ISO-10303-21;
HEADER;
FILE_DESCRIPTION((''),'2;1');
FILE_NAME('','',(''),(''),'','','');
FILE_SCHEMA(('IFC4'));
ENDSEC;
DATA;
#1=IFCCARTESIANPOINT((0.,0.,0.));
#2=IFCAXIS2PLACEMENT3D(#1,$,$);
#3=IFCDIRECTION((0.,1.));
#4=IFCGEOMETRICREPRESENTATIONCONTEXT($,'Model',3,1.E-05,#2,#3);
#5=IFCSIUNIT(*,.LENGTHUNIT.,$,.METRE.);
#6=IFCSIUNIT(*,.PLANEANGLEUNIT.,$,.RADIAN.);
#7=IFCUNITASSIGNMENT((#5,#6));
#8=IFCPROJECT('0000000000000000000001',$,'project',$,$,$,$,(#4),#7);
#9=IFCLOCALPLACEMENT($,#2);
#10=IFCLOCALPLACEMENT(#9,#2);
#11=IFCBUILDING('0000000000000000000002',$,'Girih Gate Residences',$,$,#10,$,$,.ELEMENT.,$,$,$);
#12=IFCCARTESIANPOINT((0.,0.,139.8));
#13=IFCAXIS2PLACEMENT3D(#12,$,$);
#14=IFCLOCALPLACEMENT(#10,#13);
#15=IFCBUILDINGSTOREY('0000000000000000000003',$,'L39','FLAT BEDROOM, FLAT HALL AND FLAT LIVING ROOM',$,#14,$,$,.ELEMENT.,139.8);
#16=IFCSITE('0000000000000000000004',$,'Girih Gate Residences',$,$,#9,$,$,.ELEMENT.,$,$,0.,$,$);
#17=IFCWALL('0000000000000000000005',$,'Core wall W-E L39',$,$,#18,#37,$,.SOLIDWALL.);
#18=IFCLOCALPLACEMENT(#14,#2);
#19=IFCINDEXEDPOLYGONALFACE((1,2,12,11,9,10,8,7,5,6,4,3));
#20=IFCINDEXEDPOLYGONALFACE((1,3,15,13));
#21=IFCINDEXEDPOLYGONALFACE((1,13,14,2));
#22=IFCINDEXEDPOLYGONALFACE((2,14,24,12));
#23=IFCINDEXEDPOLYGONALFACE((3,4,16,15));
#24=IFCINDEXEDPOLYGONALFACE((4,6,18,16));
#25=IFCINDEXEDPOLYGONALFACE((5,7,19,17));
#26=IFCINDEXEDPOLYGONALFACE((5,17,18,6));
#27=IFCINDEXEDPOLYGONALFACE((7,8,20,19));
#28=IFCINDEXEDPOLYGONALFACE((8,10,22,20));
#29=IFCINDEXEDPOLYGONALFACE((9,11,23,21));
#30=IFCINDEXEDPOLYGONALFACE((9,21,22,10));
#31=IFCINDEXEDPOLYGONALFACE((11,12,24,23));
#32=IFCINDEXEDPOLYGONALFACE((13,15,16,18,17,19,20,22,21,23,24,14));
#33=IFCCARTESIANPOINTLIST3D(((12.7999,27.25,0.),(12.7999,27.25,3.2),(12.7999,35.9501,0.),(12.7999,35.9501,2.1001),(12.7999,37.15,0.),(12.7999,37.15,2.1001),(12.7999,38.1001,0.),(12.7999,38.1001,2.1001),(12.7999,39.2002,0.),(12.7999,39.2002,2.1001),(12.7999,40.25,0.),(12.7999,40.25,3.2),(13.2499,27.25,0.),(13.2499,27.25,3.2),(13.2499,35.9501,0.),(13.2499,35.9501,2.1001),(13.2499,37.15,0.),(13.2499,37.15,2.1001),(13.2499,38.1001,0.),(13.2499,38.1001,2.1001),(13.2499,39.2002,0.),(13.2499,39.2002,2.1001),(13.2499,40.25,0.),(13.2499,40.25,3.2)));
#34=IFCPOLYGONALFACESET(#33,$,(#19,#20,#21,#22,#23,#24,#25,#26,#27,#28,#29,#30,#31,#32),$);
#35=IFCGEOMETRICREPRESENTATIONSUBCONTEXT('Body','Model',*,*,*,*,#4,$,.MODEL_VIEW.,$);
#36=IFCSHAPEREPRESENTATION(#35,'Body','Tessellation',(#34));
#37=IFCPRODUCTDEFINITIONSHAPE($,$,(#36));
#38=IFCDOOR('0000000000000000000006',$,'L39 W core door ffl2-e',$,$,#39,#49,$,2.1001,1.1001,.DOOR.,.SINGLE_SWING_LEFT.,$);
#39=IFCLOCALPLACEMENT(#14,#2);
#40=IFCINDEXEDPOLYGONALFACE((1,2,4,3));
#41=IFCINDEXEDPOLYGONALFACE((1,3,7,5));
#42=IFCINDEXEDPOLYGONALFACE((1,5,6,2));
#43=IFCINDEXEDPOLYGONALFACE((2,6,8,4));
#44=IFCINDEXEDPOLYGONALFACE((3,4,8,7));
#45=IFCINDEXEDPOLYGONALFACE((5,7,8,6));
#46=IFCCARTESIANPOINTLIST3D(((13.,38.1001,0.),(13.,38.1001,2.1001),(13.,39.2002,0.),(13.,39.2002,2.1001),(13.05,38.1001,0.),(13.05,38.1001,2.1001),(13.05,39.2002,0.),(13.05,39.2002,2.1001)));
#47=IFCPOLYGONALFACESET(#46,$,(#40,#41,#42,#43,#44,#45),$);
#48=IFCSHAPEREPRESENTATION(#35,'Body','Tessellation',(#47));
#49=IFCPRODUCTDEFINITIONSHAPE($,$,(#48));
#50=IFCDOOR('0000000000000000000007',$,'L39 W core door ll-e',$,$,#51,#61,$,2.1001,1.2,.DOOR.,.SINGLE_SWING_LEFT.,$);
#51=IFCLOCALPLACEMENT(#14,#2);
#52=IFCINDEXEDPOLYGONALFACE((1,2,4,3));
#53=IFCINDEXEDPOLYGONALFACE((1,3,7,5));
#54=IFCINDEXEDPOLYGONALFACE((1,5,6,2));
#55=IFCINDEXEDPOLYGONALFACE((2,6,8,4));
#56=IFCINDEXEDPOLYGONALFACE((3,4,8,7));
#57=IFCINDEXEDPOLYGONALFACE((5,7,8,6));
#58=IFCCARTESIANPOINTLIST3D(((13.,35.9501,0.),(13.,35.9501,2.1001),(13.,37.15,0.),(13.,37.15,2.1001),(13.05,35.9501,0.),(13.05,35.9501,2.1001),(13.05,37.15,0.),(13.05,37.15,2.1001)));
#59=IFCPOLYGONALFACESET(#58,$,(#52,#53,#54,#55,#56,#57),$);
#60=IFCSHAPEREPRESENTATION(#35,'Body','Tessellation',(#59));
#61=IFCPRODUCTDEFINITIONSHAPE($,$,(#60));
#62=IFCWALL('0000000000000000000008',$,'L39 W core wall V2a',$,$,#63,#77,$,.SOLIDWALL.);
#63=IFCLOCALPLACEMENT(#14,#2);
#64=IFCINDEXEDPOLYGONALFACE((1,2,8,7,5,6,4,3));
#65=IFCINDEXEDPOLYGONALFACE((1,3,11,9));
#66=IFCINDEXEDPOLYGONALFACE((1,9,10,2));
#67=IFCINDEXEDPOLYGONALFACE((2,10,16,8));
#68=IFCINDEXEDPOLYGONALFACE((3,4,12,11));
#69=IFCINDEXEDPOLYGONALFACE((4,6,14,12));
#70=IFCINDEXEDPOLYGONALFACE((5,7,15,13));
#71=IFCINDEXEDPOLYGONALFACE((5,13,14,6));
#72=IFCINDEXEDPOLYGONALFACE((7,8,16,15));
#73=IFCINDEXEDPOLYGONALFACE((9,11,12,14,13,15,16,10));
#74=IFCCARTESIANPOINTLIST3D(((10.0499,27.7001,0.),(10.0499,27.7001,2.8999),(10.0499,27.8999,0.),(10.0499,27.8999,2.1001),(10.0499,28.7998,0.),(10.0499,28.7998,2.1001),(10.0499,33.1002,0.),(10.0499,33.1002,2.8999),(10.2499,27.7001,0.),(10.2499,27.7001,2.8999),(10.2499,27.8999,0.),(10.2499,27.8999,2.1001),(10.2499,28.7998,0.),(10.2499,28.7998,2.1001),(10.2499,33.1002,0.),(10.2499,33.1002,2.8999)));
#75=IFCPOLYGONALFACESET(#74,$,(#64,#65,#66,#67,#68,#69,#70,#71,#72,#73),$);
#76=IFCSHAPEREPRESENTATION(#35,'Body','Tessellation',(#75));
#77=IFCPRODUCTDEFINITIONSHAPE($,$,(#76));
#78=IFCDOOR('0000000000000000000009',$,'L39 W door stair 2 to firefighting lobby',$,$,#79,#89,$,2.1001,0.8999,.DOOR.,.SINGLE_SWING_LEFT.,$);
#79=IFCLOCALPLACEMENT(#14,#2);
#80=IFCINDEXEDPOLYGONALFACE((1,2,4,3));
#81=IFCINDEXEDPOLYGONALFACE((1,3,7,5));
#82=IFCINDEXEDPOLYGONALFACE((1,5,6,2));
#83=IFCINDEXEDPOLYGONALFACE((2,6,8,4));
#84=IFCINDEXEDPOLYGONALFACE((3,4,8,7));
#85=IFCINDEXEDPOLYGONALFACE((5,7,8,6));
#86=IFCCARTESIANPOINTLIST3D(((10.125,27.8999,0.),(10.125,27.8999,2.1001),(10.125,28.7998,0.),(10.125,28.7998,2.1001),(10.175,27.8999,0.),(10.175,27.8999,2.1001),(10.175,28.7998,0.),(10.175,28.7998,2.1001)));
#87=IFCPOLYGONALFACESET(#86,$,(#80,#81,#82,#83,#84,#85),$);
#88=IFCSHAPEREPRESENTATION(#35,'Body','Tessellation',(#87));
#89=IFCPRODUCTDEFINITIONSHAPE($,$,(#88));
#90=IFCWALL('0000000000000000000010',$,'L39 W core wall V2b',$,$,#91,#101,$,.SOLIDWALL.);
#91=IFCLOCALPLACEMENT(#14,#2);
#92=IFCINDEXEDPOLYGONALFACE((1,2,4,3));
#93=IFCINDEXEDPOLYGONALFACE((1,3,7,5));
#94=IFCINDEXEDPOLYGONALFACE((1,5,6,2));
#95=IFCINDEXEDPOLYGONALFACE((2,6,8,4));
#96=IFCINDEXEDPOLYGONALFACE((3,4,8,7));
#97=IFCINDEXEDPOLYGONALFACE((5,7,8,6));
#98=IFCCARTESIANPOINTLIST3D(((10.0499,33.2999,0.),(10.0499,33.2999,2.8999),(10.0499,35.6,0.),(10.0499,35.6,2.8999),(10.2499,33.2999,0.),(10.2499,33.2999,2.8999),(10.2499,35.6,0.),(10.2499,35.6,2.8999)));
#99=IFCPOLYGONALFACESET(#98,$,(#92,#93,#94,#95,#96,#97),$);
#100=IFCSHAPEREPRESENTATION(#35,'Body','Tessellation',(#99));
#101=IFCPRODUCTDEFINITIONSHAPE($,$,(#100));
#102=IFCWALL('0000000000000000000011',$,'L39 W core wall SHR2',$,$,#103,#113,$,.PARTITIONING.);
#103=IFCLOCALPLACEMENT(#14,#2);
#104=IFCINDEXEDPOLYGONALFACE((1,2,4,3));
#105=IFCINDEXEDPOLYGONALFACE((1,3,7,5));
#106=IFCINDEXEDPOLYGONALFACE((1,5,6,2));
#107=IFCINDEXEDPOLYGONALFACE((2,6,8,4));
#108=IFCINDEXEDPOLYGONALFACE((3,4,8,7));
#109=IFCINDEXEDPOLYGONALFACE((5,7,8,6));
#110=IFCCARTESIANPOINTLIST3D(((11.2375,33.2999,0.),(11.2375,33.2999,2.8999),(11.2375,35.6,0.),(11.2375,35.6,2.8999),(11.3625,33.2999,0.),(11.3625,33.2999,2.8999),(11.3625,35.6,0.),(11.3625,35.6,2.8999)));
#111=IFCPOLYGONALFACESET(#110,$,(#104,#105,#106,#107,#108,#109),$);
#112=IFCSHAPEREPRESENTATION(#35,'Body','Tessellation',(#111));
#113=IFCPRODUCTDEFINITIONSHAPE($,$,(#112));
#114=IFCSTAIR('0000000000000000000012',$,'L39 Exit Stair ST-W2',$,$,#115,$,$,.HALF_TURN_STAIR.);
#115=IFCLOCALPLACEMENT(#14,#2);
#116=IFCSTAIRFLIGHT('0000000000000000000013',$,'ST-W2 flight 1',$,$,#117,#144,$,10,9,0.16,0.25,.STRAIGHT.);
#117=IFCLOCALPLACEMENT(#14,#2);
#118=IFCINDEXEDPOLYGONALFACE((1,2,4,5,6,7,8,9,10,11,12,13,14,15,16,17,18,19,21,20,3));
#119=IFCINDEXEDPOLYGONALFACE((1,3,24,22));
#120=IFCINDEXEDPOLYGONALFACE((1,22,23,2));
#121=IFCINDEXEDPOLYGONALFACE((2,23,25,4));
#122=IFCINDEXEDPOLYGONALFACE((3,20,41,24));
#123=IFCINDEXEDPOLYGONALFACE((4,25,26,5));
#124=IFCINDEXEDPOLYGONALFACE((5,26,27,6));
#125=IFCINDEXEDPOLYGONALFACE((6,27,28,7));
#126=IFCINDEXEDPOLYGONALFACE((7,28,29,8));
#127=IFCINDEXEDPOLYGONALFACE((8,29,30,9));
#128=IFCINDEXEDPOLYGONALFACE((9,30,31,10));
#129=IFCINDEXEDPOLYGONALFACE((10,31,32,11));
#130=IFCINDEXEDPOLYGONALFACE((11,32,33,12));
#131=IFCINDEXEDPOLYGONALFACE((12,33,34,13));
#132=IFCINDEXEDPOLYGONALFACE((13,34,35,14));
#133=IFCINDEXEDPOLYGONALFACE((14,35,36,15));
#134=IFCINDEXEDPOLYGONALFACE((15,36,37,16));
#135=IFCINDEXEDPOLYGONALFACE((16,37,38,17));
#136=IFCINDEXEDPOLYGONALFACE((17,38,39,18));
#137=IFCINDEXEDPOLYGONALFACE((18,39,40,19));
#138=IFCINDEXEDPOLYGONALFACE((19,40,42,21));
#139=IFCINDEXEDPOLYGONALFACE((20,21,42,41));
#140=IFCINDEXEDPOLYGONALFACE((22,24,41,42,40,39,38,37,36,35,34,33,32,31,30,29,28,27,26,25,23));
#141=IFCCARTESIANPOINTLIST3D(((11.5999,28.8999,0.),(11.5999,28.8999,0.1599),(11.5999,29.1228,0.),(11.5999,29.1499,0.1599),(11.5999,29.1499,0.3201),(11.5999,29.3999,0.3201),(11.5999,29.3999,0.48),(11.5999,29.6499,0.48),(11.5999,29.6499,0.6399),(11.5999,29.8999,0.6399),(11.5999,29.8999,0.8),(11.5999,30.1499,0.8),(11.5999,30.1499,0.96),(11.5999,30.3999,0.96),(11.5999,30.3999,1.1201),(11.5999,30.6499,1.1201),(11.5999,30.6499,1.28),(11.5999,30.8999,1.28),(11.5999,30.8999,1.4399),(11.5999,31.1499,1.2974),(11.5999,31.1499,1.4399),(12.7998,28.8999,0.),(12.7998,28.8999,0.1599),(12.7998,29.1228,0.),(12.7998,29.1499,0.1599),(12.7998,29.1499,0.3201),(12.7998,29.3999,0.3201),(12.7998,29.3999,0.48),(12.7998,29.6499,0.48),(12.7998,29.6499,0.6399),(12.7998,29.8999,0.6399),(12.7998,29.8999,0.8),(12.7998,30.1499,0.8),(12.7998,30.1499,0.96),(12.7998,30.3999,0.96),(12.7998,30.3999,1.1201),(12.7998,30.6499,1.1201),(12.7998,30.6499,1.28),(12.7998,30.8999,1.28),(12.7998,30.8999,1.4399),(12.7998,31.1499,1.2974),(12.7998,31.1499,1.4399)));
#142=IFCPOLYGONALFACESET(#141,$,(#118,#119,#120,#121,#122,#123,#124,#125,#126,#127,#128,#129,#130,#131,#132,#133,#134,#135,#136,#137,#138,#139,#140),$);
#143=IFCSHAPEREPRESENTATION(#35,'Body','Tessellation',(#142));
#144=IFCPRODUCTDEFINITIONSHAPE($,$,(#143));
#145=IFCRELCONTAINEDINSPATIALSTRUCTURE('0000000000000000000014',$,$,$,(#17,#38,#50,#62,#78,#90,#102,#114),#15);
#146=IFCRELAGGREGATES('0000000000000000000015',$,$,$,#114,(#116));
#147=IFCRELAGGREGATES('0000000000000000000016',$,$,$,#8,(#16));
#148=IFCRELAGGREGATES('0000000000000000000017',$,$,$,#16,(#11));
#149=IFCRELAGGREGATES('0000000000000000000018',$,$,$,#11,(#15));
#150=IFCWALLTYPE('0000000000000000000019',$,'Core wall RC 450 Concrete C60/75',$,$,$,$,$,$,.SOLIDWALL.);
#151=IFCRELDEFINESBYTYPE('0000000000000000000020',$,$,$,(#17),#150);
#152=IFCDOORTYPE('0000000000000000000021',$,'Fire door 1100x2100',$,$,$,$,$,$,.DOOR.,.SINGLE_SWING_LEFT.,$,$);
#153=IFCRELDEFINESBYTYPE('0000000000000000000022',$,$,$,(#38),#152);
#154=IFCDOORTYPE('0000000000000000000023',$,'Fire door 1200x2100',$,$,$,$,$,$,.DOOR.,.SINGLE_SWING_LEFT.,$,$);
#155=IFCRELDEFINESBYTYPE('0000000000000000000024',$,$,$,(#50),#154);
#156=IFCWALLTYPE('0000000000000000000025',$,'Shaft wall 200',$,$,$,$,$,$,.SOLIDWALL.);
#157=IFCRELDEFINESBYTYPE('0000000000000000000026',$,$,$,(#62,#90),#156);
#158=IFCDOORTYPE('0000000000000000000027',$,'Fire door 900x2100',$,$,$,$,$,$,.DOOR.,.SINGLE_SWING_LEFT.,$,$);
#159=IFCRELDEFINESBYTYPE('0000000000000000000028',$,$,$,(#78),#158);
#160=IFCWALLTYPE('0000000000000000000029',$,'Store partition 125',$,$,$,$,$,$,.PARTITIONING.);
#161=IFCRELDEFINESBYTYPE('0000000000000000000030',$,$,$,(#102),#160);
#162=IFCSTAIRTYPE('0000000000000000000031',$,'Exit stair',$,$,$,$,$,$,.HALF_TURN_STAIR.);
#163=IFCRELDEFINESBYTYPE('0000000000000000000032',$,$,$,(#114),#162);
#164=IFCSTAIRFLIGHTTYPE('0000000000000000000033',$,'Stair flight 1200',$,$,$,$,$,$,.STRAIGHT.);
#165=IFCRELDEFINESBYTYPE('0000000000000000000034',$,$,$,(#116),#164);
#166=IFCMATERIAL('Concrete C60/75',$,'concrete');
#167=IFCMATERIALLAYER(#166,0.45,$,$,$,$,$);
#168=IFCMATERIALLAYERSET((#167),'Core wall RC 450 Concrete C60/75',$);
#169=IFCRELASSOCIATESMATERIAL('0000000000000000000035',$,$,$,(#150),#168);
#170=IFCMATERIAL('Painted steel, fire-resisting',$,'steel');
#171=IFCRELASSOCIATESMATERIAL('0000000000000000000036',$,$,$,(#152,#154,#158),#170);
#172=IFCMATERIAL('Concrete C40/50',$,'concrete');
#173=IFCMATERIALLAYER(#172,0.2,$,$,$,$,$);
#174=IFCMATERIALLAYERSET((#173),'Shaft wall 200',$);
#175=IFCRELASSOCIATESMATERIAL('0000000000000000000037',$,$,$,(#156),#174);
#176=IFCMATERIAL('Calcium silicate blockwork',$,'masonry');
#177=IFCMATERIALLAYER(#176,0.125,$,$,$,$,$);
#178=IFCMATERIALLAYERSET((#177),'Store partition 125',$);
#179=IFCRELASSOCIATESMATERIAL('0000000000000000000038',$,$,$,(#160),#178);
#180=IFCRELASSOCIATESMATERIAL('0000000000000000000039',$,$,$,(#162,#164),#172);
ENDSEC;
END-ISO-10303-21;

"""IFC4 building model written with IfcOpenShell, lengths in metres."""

from ifc_helpers import new_model, si_unit, direction, frame, frame_2d, origin, place, context, subcontext, project, spatial, polyline, rectangle, outline, extrude, material, layer, layer_set, type_object, element, fill, aggregate, save


model = new_model("IFC4")

# Units and contexts
model_context = context("Model", 3, precision=1e-05, world=origin(), true_north=direction((0.0, 1.0)))
body_context = subcontext(model_context, "Body", "Model", "MODEL_VIEW")
ifc_project = project(units=[si_unit("LENGTHUNIT", "METRE"), si_unit("PLANEANGLEUNIT", "RADIAN")], contexts=[model_context])

# Site, building, storey
site_placement = place(None, origin())
site = spatial("IfcSite", under=ifc_project, at=site_placement, Name="Girih Gate Residences", CompositionType="ELEMENT", RefElevation=0.0)
building_placement = place(site_placement, origin())
building = spatial("IfcBuilding", under=site, at=building_placement, Name="Girih Gate Residences", CompositionType="ELEMENT")
storey_placement = place(building_placement, frame((0.0, 0.0, 139.8)))
storey = spatial("IfcBuildingStorey", under=building, at=storey_placement, Name="L39", Description="FLAT BEDROOM, FLAT HALL AND FLAT LIVING ROOM", CompositionType="ELEMENT", Elevation=139.8)

# Shared definitions
ifc_material_1 = material(Name="Concrete C60/75", Category="concrete")

# Wall, openings, doors
ifc_layer_1 = layer(ifc_material_1, 0.45)
ifc_layer_set_1 = layer_set([ifc_layer_1], Name="Core wall RC 450 Concrete C60/75")
wall_type_1 = type_object("IfcWallType", Name="Core wall RC 450 Concrete C60/75", PredefinedType="SOLIDWALL", material=ifc_layer_set_1)
wall_1_placement = place(storey_placement, frame((13.0249, 27.25, 0.0), z_axis=(0.0, 0.0, 1.0), x_axis=(0.0, 1.0, 0.0)))
wall_1 = element("IfcWall", 1, at=wall_1_placement, inside=storey, type_object=wall_type_1, Name="Core wall W-E L39", PredefinedType="SOLIDWALL", context=body_context, shape_type="SweptSolid", body=[
    extrude(rectangle(XDim=13.0, YDim=0.45, at=frame_2d((6.5, 0.0))), origin(), (0.0, 0.0, 1.0), 3.2),
])
opening_1_placement = place(wall_1_placement, frame((10.8501, 0.0, 0.0)))
opening_1 = element("IfcOpeningElement", 2, at=opening_1_placement, cuts=wall_1, PredefinedType="OPENING", context=body_context, shape_type="SweptSolid", body=[
    extrude(rectangle(XDim=1.1001, YDim=2.1001, at=frame_2d((0.55, 1.05))), frame((0.0, 0.2349, 0.0), z_axis=(0.0, -1.0, 0.0), x_axis=(1.0, 0.0, 0.0)), (0.0, 0.0, 1.0), 0.47),
])
opening_2_placement = place(wall_1_placement, frame((8.7, 0.0, 0.0)))
opening_2 = element("IfcOpeningElement", 3, at=opening_2_placement, cuts=wall_1, PredefinedType="OPENING", context=body_context, shape_type="SweptSolid", body=[
    extrude(rectangle(XDim=1.2, YDim=2.1001, at=frame_2d((0.6001, 1.05))), frame((0.0, 0.2349, 0.0), z_axis=(0.0, -1.0, 0.0), x_axis=(1.0, 0.0, 0.0)), (0.0, 0.0, 1.0), 0.47),
])
ifc_material_2 = material(Name="Painted steel, fire-resisting", Category="steel")
door_type_1 = type_object("IfcDoorType", Name="Fire door 1100x2100", OperationType="SINGLE_SWING_LEFT", PredefinedType="DOOR", material=ifc_material_2)
door_1_placement = place(opening_1_placement, origin())
door_1 = element("IfcDoor", 4, at=door_1_placement, inside=storey, type_object=door_type_1, Name="L39 W core door ffl2-e", OperationType="SINGLE_SWING_LEFT", OverallHeight=2.1001, OverallWidth=1.1001, PredefinedType="DOOR", context=body_context, shape_type="SweptSolid", body=[
    extrude(rectangle(XDim=1.1001, YDim=2.1001, at=frame_2d((0.55, 1.05))), frame((0.0, 0.0249, 0.0), z_axis=(0.0, -1.0, 0.0), x_axis=(1.0, 0.0, 0.0)), (0.0, 0.0, 1.0), 0.05),
])
fill(opening_1, door_1)
door_type_2 = type_object("IfcDoorType", Name="Fire door 1200x2100", OperationType="SINGLE_SWING_LEFT", PredefinedType="DOOR", material=ifc_material_2)
door_2_placement = place(opening_2_placement, origin())
door_2 = element("IfcDoor", 5, at=door_2_placement, inside=storey, type_object=door_type_2, Name="L39 W core door ll-e", OperationType="SINGLE_SWING_LEFT", OverallHeight=2.1001, OverallWidth=1.2, PredefinedType="DOOR", context=body_context, shape_type="SweptSolid", body=[
    extrude(rectangle(XDim=1.2, YDim=2.1001, at=frame_2d((0.6001, 1.05))), frame((0.0, 0.0249, 0.0), z_axis=(0.0, -1.0, 0.0), x_axis=(1.0, 0.0, 0.0)), (0.0, 0.0, 1.0), 0.05),
])
fill(opening_2, door_2)

# Wall, opening, door
ifc_material_3 = material(Name="Concrete C40/50", Category="concrete")
ifc_layer_2 = layer(ifc_material_3, 0.2)
ifc_layer_set_2 = layer_set([ifc_layer_2], Name="Shaft wall 200")
wall_type_2 = type_object("IfcWallType", Name="Shaft wall 200", PredefinedType="SOLIDWALL", material=ifc_layer_set_2)
wall_2_placement = place(storey_placement, frame((10.1499, 27.7, 0.0), z_axis=(0.0, 0.0, 1.0), x_axis=(0.0, 1.0, 0.0)))
wall_2 = element("IfcWall", 6, at=wall_2_placement, inside=storey, type_object=wall_type_2, Name="L39 W core wall V2a", PredefinedType="SOLIDWALL", context=body_context, shape_type="SweptSolid", body=[
    extrude(rectangle(XDim=5.4001, YDim=0.2, at=frame_2d((2.7002, 0.0))), origin(), (0.0, 0.0, 1.0), 2.8999),
])
opening_3_placement = place(wall_2_placement, frame((0.2, 0.0, 0.0)))
opening_3 = element("IfcOpeningElement", 7, at=opening_3_placement, cuts=wall_2, PredefinedType="OPENING", context=body_context, shape_type="SweptSolid", body=[
    extrude(rectangle(XDim=0.8999, YDim=2.1001, at=frame_2d((0.45, 1.05))), frame((0.0, 0.1099, 0.0), z_axis=(0.0, -1.0, 0.0), x_axis=(1.0, 0.0, 0.0)), (0.0, 0.0, 1.0), 0.22),
])
door_type_3 = type_object("IfcDoorType", Name="Fire door 900x2100", OperationType="SINGLE_SWING_LEFT", PredefinedType="DOOR", material=ifc_material_2)
door_3_placement = place(opening_3_placement, origin())
door_3 = element("IfcDoor", 8, at=door_3_placement, inside=storey, type_object=door_type_3, Name="L39 W door stair 2 to firefighting lobby", OperationType="SINGLE_SWING_LEFT", OverallHeight=2.1001, OverallWidth=0.8999, PredefinedType="DOOR", context=body_context, shape_type="SweptSolid", body=[
    extrude(rectangle(XDim=0.8999, YDim=2.1001, at=frame_2d((0.45, 1.05))), frame((0.0, 0.0249, 0.0), z_axis=(0.0, -1.0, 0.0), x_axis=(1.0, 0.0, 0.0)), (0.0, 0.0, 1.0), 0.05),
])
fill(opening_3, door_3)

# Walls
wall_3_placement = place(storey_placement, frame((10.1499, 33.3, 0.0), z_axis=(0.0, 0.0, 1.0), x_axis=(0.0, 1.0, 0.0)))
element("IfcWall", 9, at=wall_3_placement, inside=storey, type_object=wall_type_2, Name="L39 W core wall V2b", PredefinedType="SOLIDWALL", context=body_context, shape_type="SweptSolid", body=[
    extrude(rectangle(XDim=2.3, YDim=0.2, at=frame_2d((1.1499, 0.0))), origin(), (0.0, 0.0, 1.0), 2.8999),
])
ifc_material_4 = material(Name="Calcium silicate blockwork", Category="masonry")
ifc_layer_3 = layer(ifc_material_4, 0.125)
ifc_layer_set_3 = layer_set([ifc_layer_3], Name="Store partition 125")
wall_type_3 = type_object("IfcWallType", Name="Store partition 125", PredefinedType="PARTITIONING", material=ifc_layer_set_3)
wall_4_placement = place(storey_placement, frame((11.3, 33.3, 0.0), z_axis=(0.0, 0.0, 1.0), x_axis=(0.0, 1.0, 0.0)))
element("IfcWall", 10, at=wall_4_placement, inside=storey, type_object=wall_type_3, Name="L39 W core wall SHR2", PredefinedType="PARTITIONING", context=body_context, shape_type="SweptSolid", body=[
    extrude(rectangle(XDim=2.3, YDim=0.125, at=frame_2d((1.1499, 0.0))), origin(), (0.0, 0.0, 1.0), 2.8999),
])

# Stair, stair flight
stair_type = type_object("IfcStairType", Name="Exit stair", PredefinedType="HALF_TURN_STAIR", material=ifc_material_3)
stair_placement = place(storey_placement, origin())
stair = element("IfcStair", 11, at=stair_placement, inside=storey, type_object=stair_type, Name="L39 Exit Stair ST-W2", PredefinedType="HALF_TURN_STAIR")
stair_flight_type = type_object("IfcStairFlightType", Name="Stair flight 1200", PredefinedType="STRAIGHT", material=ifc_material_3)
stair_flight_1_placement = place(storey_placement, frame((12.2, 28.8999, 0.0), z_axis=(0.0, 0.0, 1.0), x_axis=(0.0, 1.0, 0.0)))
stair_flight_1 = element("IfcStairFlight", 12, at=stair_flight_1_placement, type_object=stair_flight_type, Name="ST-W2 flight 1", NumberOfRisers=10, NumberOfTreads=9, PredefinedType="STRAIGHT", RiserHeight=0.16, TreadLength=0.25, context=body_context, shape_type="SweptSolid", body=[
    extrude(outline(polyline([(0.0, 0.0), (0.0, 0.1599), (0.25, 0.1599), (0.25, 0.3201), (0.5, 0.3201), (0.5, 0.48), (0.75, 0.48), (0.75, 0.6399), (1.0, 0.6399), (1.0, 0.8), (1.25, 0.8), (1.25, 0.96), (1.5, 0.96), (1.5, 1.1201), (1.75, 1.1201), (1.75, 1.28), (2.0, 1.28), (2.0, 1.4399), (2.25, 1.4399), (2.25, 1.6001), (2.25, 1.2974), (0.2229, 0.0), (0.0, 0.0)])), frame((0.0, 0.6001, 0.0), z_axis=(0.0, -1.0, 0.0), x_axis=(1.0, 0.0, 0.0)), (0.0, 0.0, 1.0), 1.2),
])
aggregate(stair, [stair_flight_1])

save(model, "model.ifc")
